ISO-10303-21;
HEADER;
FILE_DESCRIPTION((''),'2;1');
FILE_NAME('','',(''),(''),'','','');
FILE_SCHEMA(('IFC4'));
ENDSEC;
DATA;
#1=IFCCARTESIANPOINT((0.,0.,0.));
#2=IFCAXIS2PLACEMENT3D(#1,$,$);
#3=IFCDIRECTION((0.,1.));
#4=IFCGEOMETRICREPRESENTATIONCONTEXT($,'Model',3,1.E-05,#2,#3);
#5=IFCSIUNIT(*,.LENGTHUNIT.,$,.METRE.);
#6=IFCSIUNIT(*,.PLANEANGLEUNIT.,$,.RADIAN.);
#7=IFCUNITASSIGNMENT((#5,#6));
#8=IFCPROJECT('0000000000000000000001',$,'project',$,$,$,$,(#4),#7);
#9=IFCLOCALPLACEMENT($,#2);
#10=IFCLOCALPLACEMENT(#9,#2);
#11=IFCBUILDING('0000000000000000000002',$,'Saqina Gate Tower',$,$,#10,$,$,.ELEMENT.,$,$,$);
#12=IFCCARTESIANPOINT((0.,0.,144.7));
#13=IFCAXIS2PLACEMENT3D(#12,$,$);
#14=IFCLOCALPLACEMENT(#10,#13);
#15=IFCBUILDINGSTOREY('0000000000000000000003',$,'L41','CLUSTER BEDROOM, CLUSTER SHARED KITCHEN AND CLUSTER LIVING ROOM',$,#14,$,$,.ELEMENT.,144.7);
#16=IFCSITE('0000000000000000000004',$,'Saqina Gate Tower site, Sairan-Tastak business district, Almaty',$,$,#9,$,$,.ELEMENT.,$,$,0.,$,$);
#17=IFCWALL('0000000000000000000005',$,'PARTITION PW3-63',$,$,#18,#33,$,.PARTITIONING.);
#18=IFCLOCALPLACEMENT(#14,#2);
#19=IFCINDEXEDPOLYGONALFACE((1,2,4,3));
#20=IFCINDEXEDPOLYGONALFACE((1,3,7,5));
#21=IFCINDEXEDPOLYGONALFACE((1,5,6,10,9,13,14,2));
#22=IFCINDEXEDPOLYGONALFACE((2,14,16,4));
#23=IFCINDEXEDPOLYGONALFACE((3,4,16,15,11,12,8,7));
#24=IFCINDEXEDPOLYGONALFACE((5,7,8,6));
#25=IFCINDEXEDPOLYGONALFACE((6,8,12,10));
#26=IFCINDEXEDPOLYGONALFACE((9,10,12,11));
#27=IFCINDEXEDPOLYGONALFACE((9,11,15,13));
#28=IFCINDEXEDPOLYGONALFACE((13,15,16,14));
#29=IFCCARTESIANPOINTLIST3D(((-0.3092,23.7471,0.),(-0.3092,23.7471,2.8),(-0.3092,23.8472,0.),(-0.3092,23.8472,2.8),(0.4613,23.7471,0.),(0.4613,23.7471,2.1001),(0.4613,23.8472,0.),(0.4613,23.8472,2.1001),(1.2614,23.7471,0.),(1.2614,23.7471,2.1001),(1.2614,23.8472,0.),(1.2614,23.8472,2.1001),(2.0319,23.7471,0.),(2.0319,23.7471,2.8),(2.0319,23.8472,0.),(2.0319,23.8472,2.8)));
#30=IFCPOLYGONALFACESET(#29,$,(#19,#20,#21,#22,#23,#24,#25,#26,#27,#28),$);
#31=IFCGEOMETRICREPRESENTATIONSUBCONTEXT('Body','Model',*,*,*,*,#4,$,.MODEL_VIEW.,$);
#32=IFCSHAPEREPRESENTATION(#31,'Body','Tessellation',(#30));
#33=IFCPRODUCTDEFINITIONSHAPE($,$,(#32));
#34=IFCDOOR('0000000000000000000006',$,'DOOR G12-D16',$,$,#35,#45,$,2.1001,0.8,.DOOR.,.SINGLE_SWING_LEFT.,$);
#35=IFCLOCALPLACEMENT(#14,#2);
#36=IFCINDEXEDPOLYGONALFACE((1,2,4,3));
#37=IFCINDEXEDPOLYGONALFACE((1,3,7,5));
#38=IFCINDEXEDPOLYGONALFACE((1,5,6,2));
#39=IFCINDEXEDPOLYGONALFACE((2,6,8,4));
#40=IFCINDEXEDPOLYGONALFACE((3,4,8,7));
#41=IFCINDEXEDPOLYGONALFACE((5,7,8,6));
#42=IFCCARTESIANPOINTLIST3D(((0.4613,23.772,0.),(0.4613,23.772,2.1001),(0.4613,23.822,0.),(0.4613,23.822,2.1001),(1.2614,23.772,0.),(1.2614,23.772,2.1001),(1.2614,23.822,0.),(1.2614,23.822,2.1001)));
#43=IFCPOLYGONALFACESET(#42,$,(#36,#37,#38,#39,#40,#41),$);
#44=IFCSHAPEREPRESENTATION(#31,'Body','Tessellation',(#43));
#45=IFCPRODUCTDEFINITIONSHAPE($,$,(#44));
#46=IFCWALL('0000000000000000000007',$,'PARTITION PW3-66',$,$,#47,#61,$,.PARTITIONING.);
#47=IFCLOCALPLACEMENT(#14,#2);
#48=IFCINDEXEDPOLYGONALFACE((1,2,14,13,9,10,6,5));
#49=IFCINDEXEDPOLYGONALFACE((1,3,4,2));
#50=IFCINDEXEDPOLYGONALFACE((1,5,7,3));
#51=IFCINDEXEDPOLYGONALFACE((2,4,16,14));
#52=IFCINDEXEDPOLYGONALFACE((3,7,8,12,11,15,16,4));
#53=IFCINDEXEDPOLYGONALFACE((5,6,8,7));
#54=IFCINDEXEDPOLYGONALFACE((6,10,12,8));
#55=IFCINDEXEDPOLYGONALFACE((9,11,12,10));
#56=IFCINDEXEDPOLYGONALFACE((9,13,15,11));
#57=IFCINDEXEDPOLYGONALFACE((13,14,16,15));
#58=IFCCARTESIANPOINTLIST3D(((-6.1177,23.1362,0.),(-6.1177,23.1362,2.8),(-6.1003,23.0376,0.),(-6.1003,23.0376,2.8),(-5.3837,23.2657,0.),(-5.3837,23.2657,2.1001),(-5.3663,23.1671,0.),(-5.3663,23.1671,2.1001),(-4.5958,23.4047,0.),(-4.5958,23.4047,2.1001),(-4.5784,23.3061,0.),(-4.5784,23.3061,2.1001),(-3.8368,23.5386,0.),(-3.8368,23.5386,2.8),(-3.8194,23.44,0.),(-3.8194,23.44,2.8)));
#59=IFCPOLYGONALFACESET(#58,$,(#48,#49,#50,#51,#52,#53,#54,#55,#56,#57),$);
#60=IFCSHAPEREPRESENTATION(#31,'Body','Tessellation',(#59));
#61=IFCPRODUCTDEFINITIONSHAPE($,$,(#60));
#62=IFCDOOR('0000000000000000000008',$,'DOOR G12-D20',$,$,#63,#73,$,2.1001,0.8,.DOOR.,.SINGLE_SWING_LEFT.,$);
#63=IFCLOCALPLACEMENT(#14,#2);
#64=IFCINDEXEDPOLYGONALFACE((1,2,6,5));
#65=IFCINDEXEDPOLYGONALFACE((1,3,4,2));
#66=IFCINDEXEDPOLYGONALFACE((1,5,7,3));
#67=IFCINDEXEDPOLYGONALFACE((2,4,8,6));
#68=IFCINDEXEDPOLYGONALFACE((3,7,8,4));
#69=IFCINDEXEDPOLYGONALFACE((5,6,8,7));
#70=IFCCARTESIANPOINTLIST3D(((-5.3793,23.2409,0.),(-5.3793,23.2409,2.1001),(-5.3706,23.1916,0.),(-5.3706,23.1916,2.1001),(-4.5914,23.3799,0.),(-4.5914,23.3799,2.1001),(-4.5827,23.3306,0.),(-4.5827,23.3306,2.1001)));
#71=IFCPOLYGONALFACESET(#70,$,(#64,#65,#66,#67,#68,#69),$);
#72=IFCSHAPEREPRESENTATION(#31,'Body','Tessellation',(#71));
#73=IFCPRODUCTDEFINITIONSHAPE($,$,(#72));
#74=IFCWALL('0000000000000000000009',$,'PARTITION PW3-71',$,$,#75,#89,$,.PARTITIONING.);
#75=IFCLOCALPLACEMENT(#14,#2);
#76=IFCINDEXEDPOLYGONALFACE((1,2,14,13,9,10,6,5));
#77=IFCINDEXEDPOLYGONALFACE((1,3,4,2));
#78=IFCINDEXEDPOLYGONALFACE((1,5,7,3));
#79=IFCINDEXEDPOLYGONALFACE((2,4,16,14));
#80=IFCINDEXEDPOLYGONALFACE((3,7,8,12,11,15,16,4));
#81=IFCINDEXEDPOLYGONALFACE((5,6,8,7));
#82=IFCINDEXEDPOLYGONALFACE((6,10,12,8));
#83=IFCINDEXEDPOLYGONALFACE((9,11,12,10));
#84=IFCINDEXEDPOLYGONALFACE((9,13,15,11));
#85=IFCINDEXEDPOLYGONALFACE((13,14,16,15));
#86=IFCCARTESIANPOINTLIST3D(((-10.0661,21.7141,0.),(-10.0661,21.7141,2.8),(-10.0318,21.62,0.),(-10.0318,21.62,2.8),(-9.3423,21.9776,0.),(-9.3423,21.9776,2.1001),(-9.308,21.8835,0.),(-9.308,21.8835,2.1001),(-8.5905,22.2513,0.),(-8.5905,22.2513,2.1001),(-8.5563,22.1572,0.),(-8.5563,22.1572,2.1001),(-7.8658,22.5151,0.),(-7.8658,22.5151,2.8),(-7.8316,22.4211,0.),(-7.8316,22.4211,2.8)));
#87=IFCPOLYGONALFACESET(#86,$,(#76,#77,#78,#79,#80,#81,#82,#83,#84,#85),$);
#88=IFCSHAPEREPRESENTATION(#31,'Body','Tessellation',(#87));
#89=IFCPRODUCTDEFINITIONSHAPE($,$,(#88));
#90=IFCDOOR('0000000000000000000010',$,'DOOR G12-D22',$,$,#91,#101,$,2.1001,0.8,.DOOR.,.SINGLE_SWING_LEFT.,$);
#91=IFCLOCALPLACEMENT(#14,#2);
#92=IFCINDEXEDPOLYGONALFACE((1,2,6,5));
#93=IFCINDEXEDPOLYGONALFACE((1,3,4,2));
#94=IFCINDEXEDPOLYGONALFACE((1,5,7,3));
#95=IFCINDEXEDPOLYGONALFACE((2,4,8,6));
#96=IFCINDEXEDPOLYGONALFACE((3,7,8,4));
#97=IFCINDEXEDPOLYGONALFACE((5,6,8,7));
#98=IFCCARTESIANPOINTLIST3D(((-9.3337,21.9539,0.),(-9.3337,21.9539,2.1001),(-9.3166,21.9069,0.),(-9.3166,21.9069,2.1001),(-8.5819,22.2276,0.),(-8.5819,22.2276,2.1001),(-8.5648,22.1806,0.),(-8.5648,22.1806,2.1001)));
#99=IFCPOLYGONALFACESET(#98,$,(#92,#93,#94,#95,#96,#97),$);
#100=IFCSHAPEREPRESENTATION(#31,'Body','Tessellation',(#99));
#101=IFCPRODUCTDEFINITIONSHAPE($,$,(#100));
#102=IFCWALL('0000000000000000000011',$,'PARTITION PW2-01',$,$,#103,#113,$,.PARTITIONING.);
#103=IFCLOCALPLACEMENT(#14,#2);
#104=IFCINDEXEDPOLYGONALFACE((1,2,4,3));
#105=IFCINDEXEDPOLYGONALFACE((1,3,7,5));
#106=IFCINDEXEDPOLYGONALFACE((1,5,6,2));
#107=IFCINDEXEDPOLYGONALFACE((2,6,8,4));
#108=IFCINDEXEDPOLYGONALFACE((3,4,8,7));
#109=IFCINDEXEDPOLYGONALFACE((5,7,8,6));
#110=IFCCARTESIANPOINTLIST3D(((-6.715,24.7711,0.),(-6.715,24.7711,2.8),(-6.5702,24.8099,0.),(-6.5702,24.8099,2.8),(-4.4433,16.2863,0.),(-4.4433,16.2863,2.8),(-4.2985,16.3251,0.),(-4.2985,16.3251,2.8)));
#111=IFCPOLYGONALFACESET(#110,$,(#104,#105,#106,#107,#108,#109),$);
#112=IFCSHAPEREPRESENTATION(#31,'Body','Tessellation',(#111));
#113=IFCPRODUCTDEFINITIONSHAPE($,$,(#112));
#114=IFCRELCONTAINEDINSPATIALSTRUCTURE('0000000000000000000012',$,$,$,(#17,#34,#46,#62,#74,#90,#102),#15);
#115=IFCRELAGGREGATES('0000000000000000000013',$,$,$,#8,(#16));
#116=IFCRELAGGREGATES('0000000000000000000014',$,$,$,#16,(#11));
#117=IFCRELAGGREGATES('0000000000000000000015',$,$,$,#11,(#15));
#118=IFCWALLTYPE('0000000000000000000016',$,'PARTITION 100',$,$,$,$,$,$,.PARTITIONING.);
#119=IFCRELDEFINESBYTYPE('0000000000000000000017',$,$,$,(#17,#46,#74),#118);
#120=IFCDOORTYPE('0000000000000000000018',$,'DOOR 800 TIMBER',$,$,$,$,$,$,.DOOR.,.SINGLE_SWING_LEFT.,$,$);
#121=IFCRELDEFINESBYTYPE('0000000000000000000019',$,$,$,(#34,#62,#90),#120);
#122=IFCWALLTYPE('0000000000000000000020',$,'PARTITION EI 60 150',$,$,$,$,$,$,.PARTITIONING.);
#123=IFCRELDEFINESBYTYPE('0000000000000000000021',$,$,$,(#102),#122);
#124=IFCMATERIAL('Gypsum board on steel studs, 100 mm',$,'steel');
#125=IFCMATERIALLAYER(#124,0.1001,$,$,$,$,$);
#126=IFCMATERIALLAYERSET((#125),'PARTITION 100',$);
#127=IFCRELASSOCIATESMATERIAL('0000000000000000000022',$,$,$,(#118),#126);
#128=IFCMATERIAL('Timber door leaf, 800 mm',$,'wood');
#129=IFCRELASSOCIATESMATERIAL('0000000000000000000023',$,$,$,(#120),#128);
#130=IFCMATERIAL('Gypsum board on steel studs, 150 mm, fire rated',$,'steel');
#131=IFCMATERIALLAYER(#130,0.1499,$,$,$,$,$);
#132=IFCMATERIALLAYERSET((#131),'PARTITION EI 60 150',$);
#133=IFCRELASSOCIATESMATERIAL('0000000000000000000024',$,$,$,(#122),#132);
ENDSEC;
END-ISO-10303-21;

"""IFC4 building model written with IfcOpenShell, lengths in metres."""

from ifc_helpers import new_model, si_unit, direction, frame, frame_2d, origin, place, context, subcontext, project, spatial, rectangle, extrude, material, layer, layer_set, type_object, element, fill, save


model = new_model("IFC4")

# Units and contexts
model_context = context("Model", 3, precision=1e-05, world=origin(), true_north=direction((0.0, 1.0)))
body_context = subcontext(model_context, "Body", "Model", "MODEL_VIEW")
ifc_project = project(units=[si_unit("LENGTHUNIT", "METRE"), si_unit("PLANEANGLEUNIT", "RADIAN")], contexts=[model_context])

# Site, building, storey
site_placement = place(None, origin())
site = spatial("IfcSite", under=ifc_project, at=site_placement, Name="Saqina Gate Tower site, Sairan-Tastak business district, Almaty", CompositionType="ELEMENT", RefElevation=0.0)
building_placement = place(site_placement, origin())
building = spatial("IfcBuilding", under=site, at=building_placement, Name="Saqina Gate Tower", CompositionType="ELEMENT")
storey_placement = place(building_placement, frame((0.0, 0.0, 144.7)))
storey = spatial("IfcBuildingStorey", under=building, at=storey_placement, Name="L41", Description="CLUSTER BEDROOM, CLUSTER SHARED KITCHEN AND CLUSTER LIVING ROOM", CompositionType="ELEMENT", Elevation=144.7)

# Shared definitions
ifc_material_1 = material(Name="Gypsum board on steel studs, 100 mm", Category="steel")
ifc_layer_1 = layer(ifc_material_1, 0.1001)
ifc_layer_set_1 = layer_set([ifc_layer_1], Name="PARTITION 100")
wall_type_1 = type_object("IfcWallType", Name="PARTITION 100", PredefinedType="PARTITIONING", material=ifc_layer_set_1)

# Walls, openings, doors
wall_1_placement = place(storey_placement, frame((-0.3091, 23.7971, 0.0), z_axis=(0.0, 0.0, 1.0), x_axis=(1.0, 0.0, 0.0)))
wall_1 = element("IfcWall", 1, at=wall_1_placement, inside=storey, type_object=wall_type_1, Name="PARTITION PW3-63", PredefinedType="PARTITIONING", context=body_context, shape_type="SweptSolid", body=[
    extrude(rectangle(XDim=2.3411, YDim=0.1001, at=frame_2d((1.1704, 0.0))), origin(), (0.0, 0.0, 1.0), 2.8),
])
opening_1_placement = place(wall_1_placement, frame((0.7705, 0.0, 0.0)))
opening_1 = element("IfcOpeningElement", 2, at=opening_1_placement, cuts=wall_1, PredefinedType="OPENING", context=body_context, shape_type="SweptSolid", body=[
    extrude(rectangle(XDim=0.8, YDim=2.1001, at=frame_2d((0.3999, 1.05))), frame((0.0, 0.062, 0.0), z_axis=(0.0, -1.0, 0.0), x_axis=(1.0, 0.0, 0.0)), (0.0, 0.0, 1.0), 0.124),
])
ifc_material_2 = material(Name="Timber door leaf, 800 mm", Category="wood")
door_type = type_object("IfcDoorType", Name="DOOR 800 TIMBER", OperationType="SINGLE_SWING_LEFT", PredefinedType="DOOR", material=ifc_material_2)
door_1_placement = place(opening_1_placement, origin())
door_1 = element("IfcDoor", 3, at=door_1_placement, inside=storey, type_object=door_type, Name="DOOR G12-D16", OperationType="SINGLE_SWING_LEFT", OverallHeight=2.1001, OverallWidth=0.8, PredefinedType="DOOR", context=body_context, shape_type="SweptSolid", body=[
    extrude(rectangle(XDim=0.8, YDim=2.1001, at=frame_2d((0.3999, 1.05))), frame((0.0, 0.0249, 0.0), z_axis=(0.0, -1.0, 0.0), x_axis=(1.0, 0.0, 0.0)), (0.0, 0.0, 1.0), 0.05),
])
fill(opening_1, door_1)
wall_2_placement = place(storey_placement, frame((-6.1091, 23.0869, 0.0), z_axis=(0.0, 0.0, 1.0), x_axis=(0.984797, 0.173707, 0.0)))
wall_2 = element("IfcWall", 4, at=wall_2_placement, inside=storey, type_object=wall_type_1, Name="PARTITION PW3-66", PredefinedType="PARTITIONING", context=body_context, shape_type="SweptSolid", body=[
    extrude(rectangle(XDim=2.3162, YDim=0.1001, at=frame_2d((1.1582, 0.0))), origin(), (0.0, 0.0, 1.0), 2.8),
])
opening_2_placement = place(wall_2_placement, frame((0.7456, 0.0, 0.0)))
opening_2 = element("IfcOpeningElement", 5, at=opening_2_placement, cuts=wall_2, PredefinedType="OPENING", context=body_context, shape_type="SweptSolid", body=[
    extrude(rectangle(XDim=0.8, YDim=2.1001, at=frame_2d((0.3999, 1.05))), frame((0.0, 0.062, 0.0), z_axis=(0.0, -1.0, 0.0), x_axis=(1.0, 0.0, 0.0)), (0.0, 0.0, 1.0), 0.124),
])
door_2_placement = place(opening_2_placement, origin())
door_2 = element("IfcDoor", 6, at=door_2_placement, inside=storey, type_object=door_type, Name="DOOR G12-D20", OperationType="SINGLE_SWING_LEFT", OverallHeight=2.1001, OverallWidth=0.8, PredefinedType="DOOR", context=body_context, shape_type="SweptSolid", body=[
    extrude(rectangle(XDim=0.8, YDim=2.1001, at=frame_2d((0.3999, 1.05))), frame((0.0, 0.0249, 0.0), z_axis=(0.0, -1.0, 0.0), x_axis=(1.0, 0.0, 0.0)), (0.0, 0.0, 1.0), 0.05),
])
fill(opening_2, door_2)
wall_3_placement = place(storey_placement, frame((-10.0491, 21.667, 0.0), z_axis=(0.0, 0.0, 1.0), x_axis=(0.939662, 0.342103, 0.0)))
wall_3 = element("IfcWall", 7, at=wall_3_placement, inside=storey, type_object=wall_type_1, Name="PARTITION PW3-71", PredefinedType="PARTITIONING", context=body_context, shape_type="SweptSolid", body=[
    extrude(rectangle(XDim=2.3416, YDim=0.1001, at=frame_2d((1.1709, 0.0))), origin(), (0.0, 0.0, 1.0), 2.8),
])
opening_3_placement = place(wall_3_placement, frame((0.7705, 0.0, 0.0)))
opening_3 = element("IfcOpeningElement", 8, at=opening_3_placement, cuts=wall_3, PredefinedType="OPENING", context=body_context, shape_type="SweptSolid", body=[
    extrude(rectangle(XDim=0.8, YDim=2.1001, at=frame_2d((0.3999, 1.05))), frame((0.0, 0.062, 0.0), z_axis=(0.0, -1.0, 0.0), x_axis=(1.0, 0.0, 0.0)), (0.0, 0.0, 1.0), 0.124),
])
door_3_placement = place(opening_3_placement, origin())
door_3 = element("IfcDoor", 9, at=door_3_placement, inside=storey, type_object=door_type, Name="DOOR G12-D22", OperationType="SINGLE_SWING_LEFT", OverallHeight=2.1001, OverallWidth=0.8, PredefinedType="DOOR", context=body_context, shape_type="SweptSolid", body=[
    extrude(rectangle(XDim=0.8, YDim=2.1001, at=frame_2d((0.3999, 1.05))), frame((0.0, 0.0249, 0.0), z_axis=(0.0, -1.0, 0.0), x_axis=(1.0, 0.0, 0.0)), (0.0, 0.0, 1.0), 0.05),
])
fill(opening_3, door_3)

# Wall
ifc_material_3 = material(Name="Gypsum board on steel studs, 150 mm, fire rated", Category="steel")
ifc_layer_2 = layer(ifc_material_3, 0.1499)
ifc_layer_set_2 = layer_set([ifc_layer_2], Name="PARTITION EI 60 150")
wall_type_2 = type_object("IfcWallType", Name="PARTITION EI 60 150", PredefinedType="PARTITIONING", material=ifc_layer_set_2)
wall_4_placement = place(storey_placement, frame((-6.6426, 24.7905, 0.0), z_axis=(0.0, 0.0, 1.0), x_axis=(0.25863, -0.965977, 0.0)))
element("IfcWall", 10, at=wall_4_placement, inside=storey, type_object=wall_type_2, Name="PARTITION PW2-01", PredefinedType="PARTITIONING", context=body_context, shape_type="SweptSolid", body=[
    extrude(rectangle(XDim=8.7837, YDim=0.1499, at=frame_2d((4.3918, 0.0))), origin(), (0.0, 0.0, 1.0), 2.8),
])

save(model, "model.ifc")
